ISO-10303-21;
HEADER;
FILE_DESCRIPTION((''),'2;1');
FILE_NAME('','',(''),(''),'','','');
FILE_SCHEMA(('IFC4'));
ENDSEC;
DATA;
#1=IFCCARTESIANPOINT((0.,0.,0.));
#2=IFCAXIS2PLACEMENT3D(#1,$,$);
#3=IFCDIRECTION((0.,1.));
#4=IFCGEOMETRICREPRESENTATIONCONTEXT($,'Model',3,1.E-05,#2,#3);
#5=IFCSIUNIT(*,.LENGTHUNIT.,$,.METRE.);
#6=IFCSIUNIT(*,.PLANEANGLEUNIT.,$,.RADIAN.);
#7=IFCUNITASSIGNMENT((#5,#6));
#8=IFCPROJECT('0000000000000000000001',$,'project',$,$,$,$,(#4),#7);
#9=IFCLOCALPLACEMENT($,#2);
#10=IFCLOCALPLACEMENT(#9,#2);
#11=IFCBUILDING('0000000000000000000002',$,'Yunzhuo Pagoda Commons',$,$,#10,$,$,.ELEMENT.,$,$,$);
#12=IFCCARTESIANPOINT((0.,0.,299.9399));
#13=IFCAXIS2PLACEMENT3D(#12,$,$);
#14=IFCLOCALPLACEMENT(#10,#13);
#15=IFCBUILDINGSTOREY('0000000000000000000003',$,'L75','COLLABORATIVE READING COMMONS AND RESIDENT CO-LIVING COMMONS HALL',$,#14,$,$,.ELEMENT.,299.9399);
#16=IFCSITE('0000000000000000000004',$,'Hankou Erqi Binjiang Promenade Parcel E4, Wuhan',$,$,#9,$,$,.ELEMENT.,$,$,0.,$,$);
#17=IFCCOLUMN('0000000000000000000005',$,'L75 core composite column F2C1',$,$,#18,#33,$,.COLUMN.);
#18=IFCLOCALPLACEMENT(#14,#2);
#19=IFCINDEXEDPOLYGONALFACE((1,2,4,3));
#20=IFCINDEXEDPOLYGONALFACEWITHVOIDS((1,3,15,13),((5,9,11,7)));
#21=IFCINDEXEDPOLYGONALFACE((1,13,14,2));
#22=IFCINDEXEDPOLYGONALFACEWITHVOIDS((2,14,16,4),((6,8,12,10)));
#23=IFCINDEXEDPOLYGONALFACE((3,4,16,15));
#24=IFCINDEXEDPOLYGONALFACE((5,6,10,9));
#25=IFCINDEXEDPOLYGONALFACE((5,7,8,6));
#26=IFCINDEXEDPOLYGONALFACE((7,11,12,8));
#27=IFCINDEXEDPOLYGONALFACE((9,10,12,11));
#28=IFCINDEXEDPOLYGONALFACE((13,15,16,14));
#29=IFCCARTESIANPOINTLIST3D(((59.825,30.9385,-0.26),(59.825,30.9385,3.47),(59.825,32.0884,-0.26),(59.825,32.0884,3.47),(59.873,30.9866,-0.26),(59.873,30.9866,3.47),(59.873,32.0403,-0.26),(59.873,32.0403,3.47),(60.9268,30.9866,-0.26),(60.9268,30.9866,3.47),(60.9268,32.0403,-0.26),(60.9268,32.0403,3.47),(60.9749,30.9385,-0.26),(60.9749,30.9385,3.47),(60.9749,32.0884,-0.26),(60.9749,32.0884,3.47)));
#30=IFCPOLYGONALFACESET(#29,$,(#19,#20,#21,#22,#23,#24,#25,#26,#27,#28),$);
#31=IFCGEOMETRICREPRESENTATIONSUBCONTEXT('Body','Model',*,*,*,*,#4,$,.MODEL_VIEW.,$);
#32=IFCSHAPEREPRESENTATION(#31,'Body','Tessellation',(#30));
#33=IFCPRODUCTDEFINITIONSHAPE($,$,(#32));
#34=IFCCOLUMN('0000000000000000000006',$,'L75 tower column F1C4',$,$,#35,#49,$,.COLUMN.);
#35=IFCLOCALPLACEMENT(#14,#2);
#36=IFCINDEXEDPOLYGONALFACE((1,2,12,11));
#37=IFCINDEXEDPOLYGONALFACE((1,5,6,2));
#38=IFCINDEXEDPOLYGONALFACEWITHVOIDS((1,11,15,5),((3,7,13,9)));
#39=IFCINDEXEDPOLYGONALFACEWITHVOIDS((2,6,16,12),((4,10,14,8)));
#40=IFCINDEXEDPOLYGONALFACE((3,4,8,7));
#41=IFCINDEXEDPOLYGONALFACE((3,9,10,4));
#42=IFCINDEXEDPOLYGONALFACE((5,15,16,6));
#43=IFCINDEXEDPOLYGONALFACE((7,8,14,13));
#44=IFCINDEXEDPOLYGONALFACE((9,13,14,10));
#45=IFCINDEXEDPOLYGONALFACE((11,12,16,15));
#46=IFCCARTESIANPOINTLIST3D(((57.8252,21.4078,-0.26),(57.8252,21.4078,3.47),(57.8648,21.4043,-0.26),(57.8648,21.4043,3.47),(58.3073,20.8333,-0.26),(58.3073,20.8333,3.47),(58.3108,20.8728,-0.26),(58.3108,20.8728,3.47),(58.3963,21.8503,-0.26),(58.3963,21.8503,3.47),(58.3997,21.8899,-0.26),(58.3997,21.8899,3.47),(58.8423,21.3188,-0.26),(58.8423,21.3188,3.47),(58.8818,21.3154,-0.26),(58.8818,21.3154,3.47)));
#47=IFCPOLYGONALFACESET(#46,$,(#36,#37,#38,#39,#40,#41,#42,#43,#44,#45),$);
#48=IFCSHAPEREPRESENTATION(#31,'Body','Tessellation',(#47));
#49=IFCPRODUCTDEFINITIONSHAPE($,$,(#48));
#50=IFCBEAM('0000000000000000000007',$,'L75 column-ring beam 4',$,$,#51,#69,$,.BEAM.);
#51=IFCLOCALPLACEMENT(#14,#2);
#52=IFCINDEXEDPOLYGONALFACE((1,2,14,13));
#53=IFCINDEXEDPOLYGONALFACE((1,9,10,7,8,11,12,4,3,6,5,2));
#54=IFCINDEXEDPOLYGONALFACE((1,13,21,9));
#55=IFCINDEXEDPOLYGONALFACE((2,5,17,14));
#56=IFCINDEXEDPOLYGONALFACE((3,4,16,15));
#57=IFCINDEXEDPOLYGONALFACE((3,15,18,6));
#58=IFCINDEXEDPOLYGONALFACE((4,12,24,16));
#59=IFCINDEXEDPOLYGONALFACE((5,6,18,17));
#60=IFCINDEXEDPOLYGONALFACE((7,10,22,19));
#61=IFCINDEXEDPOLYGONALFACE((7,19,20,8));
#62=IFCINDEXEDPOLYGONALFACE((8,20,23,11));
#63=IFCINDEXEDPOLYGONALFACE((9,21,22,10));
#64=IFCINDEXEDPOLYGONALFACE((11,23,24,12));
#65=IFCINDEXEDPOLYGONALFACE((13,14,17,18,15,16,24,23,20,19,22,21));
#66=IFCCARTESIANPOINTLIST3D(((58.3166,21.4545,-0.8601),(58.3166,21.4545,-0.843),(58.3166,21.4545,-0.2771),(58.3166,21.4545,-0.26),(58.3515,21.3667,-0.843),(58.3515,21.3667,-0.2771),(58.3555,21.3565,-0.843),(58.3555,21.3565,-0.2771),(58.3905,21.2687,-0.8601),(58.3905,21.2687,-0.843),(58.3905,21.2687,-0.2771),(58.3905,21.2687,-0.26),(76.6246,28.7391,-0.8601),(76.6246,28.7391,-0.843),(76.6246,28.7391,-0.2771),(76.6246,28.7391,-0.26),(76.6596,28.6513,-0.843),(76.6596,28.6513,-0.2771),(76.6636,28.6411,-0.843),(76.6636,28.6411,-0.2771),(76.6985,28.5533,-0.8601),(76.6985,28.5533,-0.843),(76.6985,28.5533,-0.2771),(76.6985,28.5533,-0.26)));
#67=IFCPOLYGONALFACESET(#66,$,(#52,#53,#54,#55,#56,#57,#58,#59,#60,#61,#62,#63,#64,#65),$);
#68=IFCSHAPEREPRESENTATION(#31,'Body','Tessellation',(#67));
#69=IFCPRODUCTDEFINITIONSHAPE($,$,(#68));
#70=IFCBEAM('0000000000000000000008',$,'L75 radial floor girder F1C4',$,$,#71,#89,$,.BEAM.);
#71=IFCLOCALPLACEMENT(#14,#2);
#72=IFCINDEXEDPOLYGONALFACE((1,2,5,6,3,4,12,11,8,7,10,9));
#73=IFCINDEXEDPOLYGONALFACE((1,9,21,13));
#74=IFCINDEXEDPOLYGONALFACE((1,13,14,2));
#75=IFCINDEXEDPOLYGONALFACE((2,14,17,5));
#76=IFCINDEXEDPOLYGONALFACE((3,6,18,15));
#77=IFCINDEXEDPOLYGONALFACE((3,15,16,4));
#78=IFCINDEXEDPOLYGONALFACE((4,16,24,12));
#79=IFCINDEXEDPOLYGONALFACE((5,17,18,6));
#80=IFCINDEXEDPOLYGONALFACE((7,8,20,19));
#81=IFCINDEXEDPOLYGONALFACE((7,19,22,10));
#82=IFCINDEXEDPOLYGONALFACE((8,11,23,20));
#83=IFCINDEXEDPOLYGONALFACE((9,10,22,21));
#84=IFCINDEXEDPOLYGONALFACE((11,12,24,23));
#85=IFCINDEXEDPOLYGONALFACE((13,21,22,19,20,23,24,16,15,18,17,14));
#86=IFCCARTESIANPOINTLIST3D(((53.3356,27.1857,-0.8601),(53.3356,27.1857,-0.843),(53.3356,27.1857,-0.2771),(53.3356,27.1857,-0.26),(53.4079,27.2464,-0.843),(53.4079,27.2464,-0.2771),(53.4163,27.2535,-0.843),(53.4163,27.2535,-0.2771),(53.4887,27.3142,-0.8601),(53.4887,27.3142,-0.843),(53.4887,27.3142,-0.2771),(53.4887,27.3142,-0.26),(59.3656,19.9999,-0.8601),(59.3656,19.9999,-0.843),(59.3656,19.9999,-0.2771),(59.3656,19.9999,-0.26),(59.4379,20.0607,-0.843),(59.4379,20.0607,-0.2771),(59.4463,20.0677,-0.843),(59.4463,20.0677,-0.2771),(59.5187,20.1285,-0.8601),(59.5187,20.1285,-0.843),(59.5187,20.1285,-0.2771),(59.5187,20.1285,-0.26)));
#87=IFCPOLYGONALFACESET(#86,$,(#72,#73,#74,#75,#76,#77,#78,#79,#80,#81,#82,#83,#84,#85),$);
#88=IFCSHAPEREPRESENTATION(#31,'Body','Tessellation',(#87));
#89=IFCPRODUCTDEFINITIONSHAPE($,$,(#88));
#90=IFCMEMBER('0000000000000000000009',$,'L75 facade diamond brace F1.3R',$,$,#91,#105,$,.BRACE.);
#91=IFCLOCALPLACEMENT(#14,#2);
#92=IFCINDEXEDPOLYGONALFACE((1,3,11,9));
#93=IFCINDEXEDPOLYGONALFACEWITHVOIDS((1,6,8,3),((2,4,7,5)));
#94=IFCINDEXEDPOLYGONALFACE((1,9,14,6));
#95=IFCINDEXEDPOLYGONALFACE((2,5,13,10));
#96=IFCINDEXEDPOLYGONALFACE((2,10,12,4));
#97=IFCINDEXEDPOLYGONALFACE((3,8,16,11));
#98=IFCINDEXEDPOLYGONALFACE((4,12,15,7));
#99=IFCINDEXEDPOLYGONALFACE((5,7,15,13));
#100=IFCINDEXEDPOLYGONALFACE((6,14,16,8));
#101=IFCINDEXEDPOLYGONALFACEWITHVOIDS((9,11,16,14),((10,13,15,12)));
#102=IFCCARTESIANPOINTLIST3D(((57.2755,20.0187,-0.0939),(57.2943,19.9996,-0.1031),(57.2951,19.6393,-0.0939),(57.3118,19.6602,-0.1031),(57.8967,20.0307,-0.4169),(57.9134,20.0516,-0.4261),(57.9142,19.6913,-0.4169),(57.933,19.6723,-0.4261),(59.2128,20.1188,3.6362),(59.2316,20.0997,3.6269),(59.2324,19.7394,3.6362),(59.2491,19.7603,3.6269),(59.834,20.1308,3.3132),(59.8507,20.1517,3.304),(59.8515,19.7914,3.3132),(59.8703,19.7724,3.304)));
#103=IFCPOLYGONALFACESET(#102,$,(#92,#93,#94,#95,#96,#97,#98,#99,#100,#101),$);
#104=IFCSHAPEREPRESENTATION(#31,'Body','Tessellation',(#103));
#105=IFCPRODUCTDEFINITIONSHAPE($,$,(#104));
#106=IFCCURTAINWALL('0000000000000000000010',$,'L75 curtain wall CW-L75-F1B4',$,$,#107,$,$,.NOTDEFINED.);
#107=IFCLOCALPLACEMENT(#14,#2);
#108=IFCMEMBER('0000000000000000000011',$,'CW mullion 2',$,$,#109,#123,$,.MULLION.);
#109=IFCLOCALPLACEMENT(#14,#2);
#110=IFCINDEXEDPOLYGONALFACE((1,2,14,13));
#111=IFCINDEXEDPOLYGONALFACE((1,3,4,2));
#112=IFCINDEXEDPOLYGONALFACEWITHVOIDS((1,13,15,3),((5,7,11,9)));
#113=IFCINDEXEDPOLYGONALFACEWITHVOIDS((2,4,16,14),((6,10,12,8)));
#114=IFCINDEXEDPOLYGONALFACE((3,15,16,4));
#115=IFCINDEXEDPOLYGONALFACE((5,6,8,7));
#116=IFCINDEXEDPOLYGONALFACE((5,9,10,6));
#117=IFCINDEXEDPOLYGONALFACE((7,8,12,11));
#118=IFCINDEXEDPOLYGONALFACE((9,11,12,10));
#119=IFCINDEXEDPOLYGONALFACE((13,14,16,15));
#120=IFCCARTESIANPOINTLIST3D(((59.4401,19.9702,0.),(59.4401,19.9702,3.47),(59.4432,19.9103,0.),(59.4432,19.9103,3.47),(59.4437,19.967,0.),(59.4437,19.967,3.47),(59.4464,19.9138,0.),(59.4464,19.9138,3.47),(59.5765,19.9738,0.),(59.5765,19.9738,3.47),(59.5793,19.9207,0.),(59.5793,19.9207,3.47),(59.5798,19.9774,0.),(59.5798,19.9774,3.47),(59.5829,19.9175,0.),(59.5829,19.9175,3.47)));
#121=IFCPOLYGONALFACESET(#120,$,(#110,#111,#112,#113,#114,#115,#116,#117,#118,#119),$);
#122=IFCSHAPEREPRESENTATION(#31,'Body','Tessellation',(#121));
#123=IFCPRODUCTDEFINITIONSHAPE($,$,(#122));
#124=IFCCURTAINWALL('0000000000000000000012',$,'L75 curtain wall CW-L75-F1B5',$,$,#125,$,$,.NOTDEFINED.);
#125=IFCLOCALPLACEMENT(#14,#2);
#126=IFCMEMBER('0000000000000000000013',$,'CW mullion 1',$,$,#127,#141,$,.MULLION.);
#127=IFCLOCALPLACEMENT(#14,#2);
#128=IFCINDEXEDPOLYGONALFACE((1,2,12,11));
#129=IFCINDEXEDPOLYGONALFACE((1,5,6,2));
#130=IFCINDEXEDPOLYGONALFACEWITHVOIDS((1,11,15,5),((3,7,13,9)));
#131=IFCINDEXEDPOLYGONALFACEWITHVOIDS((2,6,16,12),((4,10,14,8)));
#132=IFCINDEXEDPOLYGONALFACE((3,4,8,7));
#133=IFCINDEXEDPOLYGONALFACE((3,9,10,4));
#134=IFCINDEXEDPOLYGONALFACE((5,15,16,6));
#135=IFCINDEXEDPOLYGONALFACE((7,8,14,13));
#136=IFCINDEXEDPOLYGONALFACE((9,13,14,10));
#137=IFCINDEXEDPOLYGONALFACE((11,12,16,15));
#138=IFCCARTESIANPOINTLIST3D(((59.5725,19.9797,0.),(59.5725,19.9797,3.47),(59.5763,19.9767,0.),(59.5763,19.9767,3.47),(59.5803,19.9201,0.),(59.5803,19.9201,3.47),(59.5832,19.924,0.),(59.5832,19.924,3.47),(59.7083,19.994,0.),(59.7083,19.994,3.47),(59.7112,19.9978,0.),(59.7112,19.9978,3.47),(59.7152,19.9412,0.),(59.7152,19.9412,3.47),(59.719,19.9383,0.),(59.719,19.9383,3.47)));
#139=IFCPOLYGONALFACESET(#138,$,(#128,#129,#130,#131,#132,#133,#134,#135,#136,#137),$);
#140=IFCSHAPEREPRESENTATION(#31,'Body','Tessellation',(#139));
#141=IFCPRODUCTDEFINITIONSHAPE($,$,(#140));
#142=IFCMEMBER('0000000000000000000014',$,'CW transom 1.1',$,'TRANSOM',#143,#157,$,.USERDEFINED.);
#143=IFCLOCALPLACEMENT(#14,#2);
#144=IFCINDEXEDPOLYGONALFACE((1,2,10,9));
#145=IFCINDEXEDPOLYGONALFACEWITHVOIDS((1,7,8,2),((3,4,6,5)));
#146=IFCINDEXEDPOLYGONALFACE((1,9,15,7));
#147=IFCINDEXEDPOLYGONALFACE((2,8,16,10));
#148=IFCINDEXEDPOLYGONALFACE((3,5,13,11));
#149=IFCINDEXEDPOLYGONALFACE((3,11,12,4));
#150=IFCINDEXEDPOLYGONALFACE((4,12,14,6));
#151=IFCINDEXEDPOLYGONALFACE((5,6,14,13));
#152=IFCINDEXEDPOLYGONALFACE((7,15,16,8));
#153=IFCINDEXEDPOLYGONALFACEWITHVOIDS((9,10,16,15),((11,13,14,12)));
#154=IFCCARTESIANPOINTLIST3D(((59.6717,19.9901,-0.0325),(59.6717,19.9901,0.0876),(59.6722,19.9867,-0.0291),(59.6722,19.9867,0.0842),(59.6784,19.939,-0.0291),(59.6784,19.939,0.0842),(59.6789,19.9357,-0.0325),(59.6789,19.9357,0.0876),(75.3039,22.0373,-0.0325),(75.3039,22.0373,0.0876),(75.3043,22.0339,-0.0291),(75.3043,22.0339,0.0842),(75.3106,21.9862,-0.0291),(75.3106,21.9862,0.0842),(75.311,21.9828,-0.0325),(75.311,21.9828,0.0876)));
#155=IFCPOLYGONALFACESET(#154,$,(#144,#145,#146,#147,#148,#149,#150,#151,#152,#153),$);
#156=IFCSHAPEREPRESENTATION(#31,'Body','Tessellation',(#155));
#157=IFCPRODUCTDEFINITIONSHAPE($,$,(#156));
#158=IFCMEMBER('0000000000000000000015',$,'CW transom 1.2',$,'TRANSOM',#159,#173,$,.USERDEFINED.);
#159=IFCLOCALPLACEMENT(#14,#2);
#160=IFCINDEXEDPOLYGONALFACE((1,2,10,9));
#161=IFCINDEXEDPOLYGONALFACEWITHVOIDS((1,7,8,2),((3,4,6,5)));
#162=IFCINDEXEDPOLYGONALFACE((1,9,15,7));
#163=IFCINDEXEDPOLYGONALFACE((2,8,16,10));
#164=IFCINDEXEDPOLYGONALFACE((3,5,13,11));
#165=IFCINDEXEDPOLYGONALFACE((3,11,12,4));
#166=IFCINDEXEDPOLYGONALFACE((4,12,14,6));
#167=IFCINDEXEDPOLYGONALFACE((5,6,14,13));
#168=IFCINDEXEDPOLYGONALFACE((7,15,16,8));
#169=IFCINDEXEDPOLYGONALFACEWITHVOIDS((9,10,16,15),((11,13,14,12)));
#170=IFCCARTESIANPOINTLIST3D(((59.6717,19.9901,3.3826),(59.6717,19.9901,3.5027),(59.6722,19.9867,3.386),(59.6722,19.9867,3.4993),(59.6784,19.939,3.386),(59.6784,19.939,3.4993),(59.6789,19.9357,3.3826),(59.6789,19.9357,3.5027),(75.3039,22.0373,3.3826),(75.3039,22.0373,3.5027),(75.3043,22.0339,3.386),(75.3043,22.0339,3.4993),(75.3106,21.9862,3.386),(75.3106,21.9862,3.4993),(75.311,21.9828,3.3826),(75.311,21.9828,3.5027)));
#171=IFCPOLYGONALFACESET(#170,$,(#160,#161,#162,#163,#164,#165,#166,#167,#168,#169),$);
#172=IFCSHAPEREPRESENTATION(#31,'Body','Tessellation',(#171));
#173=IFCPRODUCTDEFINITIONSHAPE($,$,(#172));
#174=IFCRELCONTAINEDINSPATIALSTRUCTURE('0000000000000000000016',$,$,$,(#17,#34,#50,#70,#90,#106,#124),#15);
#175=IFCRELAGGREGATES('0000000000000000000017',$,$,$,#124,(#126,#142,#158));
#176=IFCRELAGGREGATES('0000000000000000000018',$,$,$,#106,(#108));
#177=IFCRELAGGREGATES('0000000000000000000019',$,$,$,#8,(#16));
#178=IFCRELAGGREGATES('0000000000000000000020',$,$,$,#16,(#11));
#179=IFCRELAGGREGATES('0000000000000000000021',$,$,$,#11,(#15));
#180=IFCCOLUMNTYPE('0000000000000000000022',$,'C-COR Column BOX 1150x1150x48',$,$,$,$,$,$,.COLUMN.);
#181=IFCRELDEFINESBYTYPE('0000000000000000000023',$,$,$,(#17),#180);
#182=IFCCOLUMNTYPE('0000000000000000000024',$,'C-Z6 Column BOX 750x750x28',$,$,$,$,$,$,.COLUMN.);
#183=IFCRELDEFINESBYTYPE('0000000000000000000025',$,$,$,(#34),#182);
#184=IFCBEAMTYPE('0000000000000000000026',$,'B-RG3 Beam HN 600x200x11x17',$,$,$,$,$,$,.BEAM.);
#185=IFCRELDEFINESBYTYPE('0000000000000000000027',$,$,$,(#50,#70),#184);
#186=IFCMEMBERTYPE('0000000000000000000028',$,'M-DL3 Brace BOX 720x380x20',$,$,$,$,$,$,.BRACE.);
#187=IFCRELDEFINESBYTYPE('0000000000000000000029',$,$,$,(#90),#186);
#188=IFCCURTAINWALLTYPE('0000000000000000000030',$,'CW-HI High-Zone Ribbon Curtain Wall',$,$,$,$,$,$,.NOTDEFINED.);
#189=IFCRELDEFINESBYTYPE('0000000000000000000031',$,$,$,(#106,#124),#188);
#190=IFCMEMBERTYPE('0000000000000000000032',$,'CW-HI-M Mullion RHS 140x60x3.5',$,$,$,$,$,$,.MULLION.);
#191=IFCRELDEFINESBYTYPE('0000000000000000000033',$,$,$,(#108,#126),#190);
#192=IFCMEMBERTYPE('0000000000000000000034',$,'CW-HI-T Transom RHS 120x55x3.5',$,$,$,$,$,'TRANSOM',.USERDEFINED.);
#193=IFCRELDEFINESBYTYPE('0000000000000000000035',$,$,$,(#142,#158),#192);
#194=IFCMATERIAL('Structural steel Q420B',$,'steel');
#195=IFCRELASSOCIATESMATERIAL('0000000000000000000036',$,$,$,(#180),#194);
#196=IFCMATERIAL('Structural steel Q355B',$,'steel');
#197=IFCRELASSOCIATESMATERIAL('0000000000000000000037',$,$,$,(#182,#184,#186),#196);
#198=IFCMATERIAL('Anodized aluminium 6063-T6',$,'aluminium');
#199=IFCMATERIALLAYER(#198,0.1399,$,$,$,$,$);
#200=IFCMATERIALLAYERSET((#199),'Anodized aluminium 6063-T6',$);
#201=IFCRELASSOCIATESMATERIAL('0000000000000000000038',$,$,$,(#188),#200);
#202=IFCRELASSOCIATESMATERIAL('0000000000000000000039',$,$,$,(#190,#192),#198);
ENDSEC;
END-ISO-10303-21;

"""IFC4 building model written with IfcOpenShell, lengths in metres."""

from ifc_helpers import new_model, si_unit, direction, frame, origin, origin_2d, place, context, subcontext, project, spatial, hollow_rectangle, i_section, extrude, source, transform, mapped, material, layer, layer_set, material_profile, profile_set, type_object, element, aggregate, save


model = new_model("IFC4")

# Units and contexts
model_context = context("Model", 3, precision=1e-05, world=origin(), true_north=direction((0.0, 1.0)))
body_context = subcontext(model_context, "Body", "Model", "MODEL_VIEW")
ifc_project = project(units=[si_unit("LENGTHUNIT", "METRE"), si_unit("PLANEANGLEUNIT", "RADIAN")], contexts=[model_context])

# Site, building, storey
site_placement = place(None, origin())
site = spatial("IfcSite", under=ifc_project, at=site_placement, Name="Hankou Erqi Binjiang Promenade Parcel E4, Wuhan", CompositionType="ELEMENT", RefElevation=0.0)
building_placement = place(site_placement, origin())
building = spatial("IfcBuilding", under=site, at=building_placement, Name="Yunzhuo Pagoda Commons", CompositionType="ELEMENT")
storey_placement = place(building_placement, frame((0.0, 0.0, 299.9399)))
storey = spatial("IfcBuildingStorey", under=building, at=storey_placement, Name="L75", Description="COLLABORATIVE READING COMMONS AND RESIDENT CO-LIVING COMMONS HALL", CompositionType="ELEMENT", Elevation=299.9399)

# Columns
ifc_material_1 = material(Name="Structural steel Q420B", Category="steel")
ifc_material_profile_1 = material_profile(ifc_material_1, hollow_rectangle(XDim=1.1499, YDim=1.1499, WallThickness=0.0481, at=origin_2d()), Name="Structural steel Q420B")
ifc_profile_set_1 = profile_set([ifc_material_profile_1], Name="Structural steel Q420B")
column_type_1 = type_object("IfcColumnType", Name="C-COR Column BOX 1150x1150x48", PredefinedType="COLUMN", material=ifc_profile_set_1)
shared_shape_1 = source(origin(), body_context, "Body", "SweptSolid", [
    extrude(hollow_rectangle(XDim=1.1499, YDim=1.1499, WallThickness=0.0481, at=origin_2d()), origin(), (0.0, 0.0, 1.0), 3.73),
])
column_1_placement = place(storey_placement, frame((60.3999, 31.5134, -0.26), z_axis=(0.0, 0.0, 1.0), x_axis=(1.0, 0.0, 0.0)))
element("IfcColumn", 1, at=column_1_placement, inside=storey, type_object=column_type_1, Name="L75 core composite column F2C1", PredefinedType="COLUMN", context=body_context, shape_type="MappedRepresentation", body=[
    mapped(shared_shape_1, transform((0.0, 0.0, 0.0), scale=1.0)),
])
ifc_material_2 = material(Name="Structural steel Q355B", Category="steel")
ifc_material_profile_2 = material_profile(ifc_material_2, hollow_rectangle(XDim=0.75, YDim=0.75, WallThickness=0.0281, at=origin_2d()), Name="Structural steel Q355B")
ifc_profile_set_2 = profile_set([ifc_material_profile_2], Name="Structural steel Q355B")
column_type_2 = type_object("IfcColumnType", Name="C-Z6 Column BOX 750x750x28", PredefinedType="COLUMN", material=ifc_profile_set_2)
shared_shape_2 = source(origin(), body_context, "Body", "SweptSolid", [
    extrude(hollow_rectangle(XDim=0.75, YDim=0.75, WallThickness=0.0281, at=origin_2d()), origin(), (0.0, 0.0, 1.0), 3.73),
])
column_2_placement = place(storey_placement, frame((58.3535, 21.3616, -0.26), z_axis=(0.0, 0.0, 1.0), x_axis=(0.766044, 0.642788, 0.0)))
element("IfcColumn", 2, at=column_2_placement, inside=storey, type_object=column_type_2, Name="L75 tower column F1C4", PredefinedType="COLUMN", context=body_context, shape_type="MappedRepresentation", body=[
    mapped(shared_shape_2, transform((0.0, 0.0, 0.0), scale=1.0)),
])

# Beams
ifc_material_profile_3 = material_profile(ifc_material_2, i_section(OverallWidth=0.2, OverallDepth=0.6001, WebThickness=0.011, FlangeThickness=0.0171, at=origin_2d()), Name="Structural steel Q355B")
ifc_profile_set_3 = profile_set([ifc_material_profile_3], Name="Structural steel Q355B")
beam_type = type_object("IfcBeamType", Name="B-RG3 Beam HN 600x200x11x17", PredefinedType="BEAM", material=ifc_profile_set_3)
shared_shape_3 = source(origin(), body_context, "Body", "SweptSolid", [
    extrude(i_section(OverallWidth=0.2, OverallDepth=0.6001, WebThickness=0.011, FlangeThickness=0.0171, at=origin_2d()), origin(), (0.0, 0.0, 1.0), 19.7041),
])
beam_1_placement = place(storey_placement, frame((58.3535, 21.3616, -0.5601), z_axis=(0.92915, 0.369702, 0.0), x_axis=(-0.369702, 0.92915, 0.0)))
element("IfcBeam", 3, at=beam_1_placement, inside=storey, type_object=beam_type, Name="L75 column-ring beam 4", PredefinedType="BEAM", context=body_context, shape_type="MappedRepresentation", body=[
    mapped(shared_shape_3, transform((0.0, 0.0, 0.0), scale=1.0)),
])
shared_shape_4 = source(origin(), body_context, "Body", "SweptSolid", [
    extrude(i_section(OverallWidth=0.2, OverallDepth=0.6001, WebThickness=0.011, FlangeThickness=0.0171, at=origin_2d()), origin(), (0.0, 0.0, 1.0), 9.3806),
])
beam_2_placement = place(storey_placement, frame((59.4421, 20.0642, -0.5601), z_axis=(-0.642815, 0.766022, 0.0), x_axis=(-0.766022, -0.642815, 0.0)))
element("IfcBeam", 4, at=beam_2_placement, inside=storey, type_object=beam_type, Name="L75 radial floor girder F1C4", PredefinedType="BEAM", context=body_context, shape_type="MappedRepresentation", body=[
    mapped(shared_shape_4, transform((0.0, 0.0, 0.0), scale=1.0)),
])

# Member
ifc_material_profile_4 = material_profile(ifc_material_2, hollow_rectangle(XDim=0.3799, YDim=0.72, WallThickness=0.02, at=origin_2d()), Name="Structural steel Q355B")
ifc_profile_set_4 = profile_set([ifc_material_profile_4], Name="Structural steel Q355B")
member_type_1 = type_object("IfcMemberType", Name="M-DL3 Brace BOX 720x380x20", PredefinedType="BRACE", material=ifc_profile_set_4)
shared_shape_5 = source(origin(), body_context, "Body", "SweptSolid", [
    extrude(hollow_rectangle(XDim=0.3799, YDim=0.72, WallThickness=0.02, at=origin_2d()), origin(), (0.0, 0.0, 1.0), 4.2043),
])
member_1_placement = place(storey_placement, frame((57.6042, 19.8455, -0.26), z_axis=(0.460785, 0.023809, 0.887192), x_axis=(-0.051601, 0.998668, 0.0)))
element("IfcMember", 5, at=member_1_placement, inside=storey, type_object=member_type_1, Name="L75 facade diamond brace F1.3R", PredefinedType="BRACE", context=body_context, shape_type="MappedRepresentation", body=[
    mapped(shared_shape_5, transform((0.0, 0.0, 0.0), scale=1.0)),
])

# Curtain wall, member
ifc_material_3 = material(Name="Anodized aluminium 6063-T6", Category="aluminium")
ifc_layer_1 = layer(ifc_material_3, 0.1399)
ifc_layer_set_1 = layer_set([ifc_layer_1], Name="Anodized aluminium 6063-T6")
curtain_wall_type = type_object("IfcCurtainWallType", Name="CW-HI High-Zone Ribbon Curtain Wall", PredefinedType="NOTDEFINED", material=ifc_layer_set_1)
curtain_wall_1_placement = place(storey_placement, origin())
curtain_wall_1 = element("IfcCurtainWall", 6, at=curtain_wall_1_placement, inside=storey, type_object=curtain_wall_type, Name="L75 curtain wall CW-L75-F1B4", PredefinedType="NOTDEFINED")
ifc_material_profile_5 = material_profile(ifc_material_3, hollow_rectangle(XDim=0.0601, YDim=0.1399, WallThickness=0.0034, at=origin_2d()), Name="Anodized aluminium 6063-T6")
ifc_profile_set_5 = profile_set([ifc_material_profile_5], Name="Anodized aluminium 6063-T6")
member_type_2 = type_object("IfcMemberType", Name="CW-HI-M Mullion RHS 140x60x3.5", PredefinedType="MULLION", material=ifc_profile_set_5)
shared_shape_6 = source(origin(), body_context, "Body", "SweptSolid", [
    extrude(hollow_rectangle(XDim=0.0601, YDim=0.1399, WallThickness=0.0034, at=origin_2d()), origin(), (0.0, 0.0, 1.0), 3.47),
])
member_2_placement = place(storey_placement, frame((59.5115, 19.9438, 0.0), z_axis=(0.0, 0.0, 1.0), x_axis=(-0.051462, 0.998675, 0.0)))
member_2 = element("IfcMember", 7, at=member_2_placement, type_object=member_type_2, Name="CW mullion 2", PredefinedType="MULLION", context=body_context, shape_type="MappedRepresentation", body=[
    mapped(shared_shape_6, transform((0.0, 0.0, 0.0), scale=1.0)),
])

# Curtain wall, members
curtain_wall_2_placement = place(storey_placement, origin())
curtain_wall_2 = element("IfcCurtainWall", 8, at=curtain_wall_2_placement, inside=storey, type_object=curtain_wall_type, Name="L75 curtain wall CW-L75-F1B5", PredefinedType="NOTDEFINED")
member_3_placement = place(storey_placement, frame((59.6458, 19.959, 0.0), z_axis=(0.0, 0.0, 1.0), x_axis=(-0.129855, 0.991533, 0.0)))
member_3 = element("IfcMember", 9, at=member_3_placement, type_object=member_type_2, Name="CW mullion 1", PredefinedType="MULLION", context=body_context, shape_type="MappedRepresentation", body=[
    mapped(shared_shape_6, transform((0.0, 0.0, 0.0), scale=1.0)),
])
ifc_material_profile_6 = material_profile(ifc_material_3, hollow_rectangle(XDim=0.0549, YDim=0.1201, WallThickness=0.0034, at=origin_2d()), Name="Anodized aluminium 6063-T6")
ifc_profile_set_6 = profile_set([ifc_material_profile_6], Name="Anodized aluminium 6063-T6")
member_type_3 = type_object("IfcMemberType", Name="CW-HI-T Transom RHS 120x55x3.5", ElementType="TRANSOM", PredefinedType="USERDEFINED", material=ifc_profile_set_6)
shared_shape_7 = source(origin(), body_context, "Body", "SweptSolid", [
    extrude(hollow_rectangle(XDim=0.0549, YDim=0.1201, WallThickness=0.0034, at=origin_2d()), origin(), (0.0, 0.0, 1.0), 15.7656),
])
member_4_placement = place(storey_placement, frame((59.6753, 19.9629, 0.0276), z_axis=(0.991534, 0.129848, 0.0), x_axis=(-0.129848, 0.991534, 0.0)))
member_4 = element("IfcMember", 10, at=member_4_placement, type_object=member_type_3, Name="CW transom 1.1", ObjectType="TRANSOM", PredefinedType="USERDEFINED", context=body_context, shape_type="MappedRepresentation", body=[
    mapped(shared_shape_7, transform((0.0, 0.0, 0.0), scale=1.0)),
])
member_5_placement = place(storey_placement, frame((59.6753, 19.9629, 3.4426), z_axis=(0.991534, 0.129848, 0.0), x_axis=(-0.129848, 0.991534, 0.0)))
member_5 = element("IfcMember", 11, at=member_5_placement, type_object=member_type_3, Name="CW transom 1.2", ObjectType="TRANSOM", PredefinedType="USERDEFINED", context=body_context, shape_type="MappedRepresentation", body=[
    mapped(shared_shape_7, transform((0.0, 0.0, 0.0), scale=1.0)),
])
aggregate(curtain_wall_2, [member_3, member_4, member_5])

aggregate(curtain_wall_1, [member_2])

save(model, "model.ifc")
